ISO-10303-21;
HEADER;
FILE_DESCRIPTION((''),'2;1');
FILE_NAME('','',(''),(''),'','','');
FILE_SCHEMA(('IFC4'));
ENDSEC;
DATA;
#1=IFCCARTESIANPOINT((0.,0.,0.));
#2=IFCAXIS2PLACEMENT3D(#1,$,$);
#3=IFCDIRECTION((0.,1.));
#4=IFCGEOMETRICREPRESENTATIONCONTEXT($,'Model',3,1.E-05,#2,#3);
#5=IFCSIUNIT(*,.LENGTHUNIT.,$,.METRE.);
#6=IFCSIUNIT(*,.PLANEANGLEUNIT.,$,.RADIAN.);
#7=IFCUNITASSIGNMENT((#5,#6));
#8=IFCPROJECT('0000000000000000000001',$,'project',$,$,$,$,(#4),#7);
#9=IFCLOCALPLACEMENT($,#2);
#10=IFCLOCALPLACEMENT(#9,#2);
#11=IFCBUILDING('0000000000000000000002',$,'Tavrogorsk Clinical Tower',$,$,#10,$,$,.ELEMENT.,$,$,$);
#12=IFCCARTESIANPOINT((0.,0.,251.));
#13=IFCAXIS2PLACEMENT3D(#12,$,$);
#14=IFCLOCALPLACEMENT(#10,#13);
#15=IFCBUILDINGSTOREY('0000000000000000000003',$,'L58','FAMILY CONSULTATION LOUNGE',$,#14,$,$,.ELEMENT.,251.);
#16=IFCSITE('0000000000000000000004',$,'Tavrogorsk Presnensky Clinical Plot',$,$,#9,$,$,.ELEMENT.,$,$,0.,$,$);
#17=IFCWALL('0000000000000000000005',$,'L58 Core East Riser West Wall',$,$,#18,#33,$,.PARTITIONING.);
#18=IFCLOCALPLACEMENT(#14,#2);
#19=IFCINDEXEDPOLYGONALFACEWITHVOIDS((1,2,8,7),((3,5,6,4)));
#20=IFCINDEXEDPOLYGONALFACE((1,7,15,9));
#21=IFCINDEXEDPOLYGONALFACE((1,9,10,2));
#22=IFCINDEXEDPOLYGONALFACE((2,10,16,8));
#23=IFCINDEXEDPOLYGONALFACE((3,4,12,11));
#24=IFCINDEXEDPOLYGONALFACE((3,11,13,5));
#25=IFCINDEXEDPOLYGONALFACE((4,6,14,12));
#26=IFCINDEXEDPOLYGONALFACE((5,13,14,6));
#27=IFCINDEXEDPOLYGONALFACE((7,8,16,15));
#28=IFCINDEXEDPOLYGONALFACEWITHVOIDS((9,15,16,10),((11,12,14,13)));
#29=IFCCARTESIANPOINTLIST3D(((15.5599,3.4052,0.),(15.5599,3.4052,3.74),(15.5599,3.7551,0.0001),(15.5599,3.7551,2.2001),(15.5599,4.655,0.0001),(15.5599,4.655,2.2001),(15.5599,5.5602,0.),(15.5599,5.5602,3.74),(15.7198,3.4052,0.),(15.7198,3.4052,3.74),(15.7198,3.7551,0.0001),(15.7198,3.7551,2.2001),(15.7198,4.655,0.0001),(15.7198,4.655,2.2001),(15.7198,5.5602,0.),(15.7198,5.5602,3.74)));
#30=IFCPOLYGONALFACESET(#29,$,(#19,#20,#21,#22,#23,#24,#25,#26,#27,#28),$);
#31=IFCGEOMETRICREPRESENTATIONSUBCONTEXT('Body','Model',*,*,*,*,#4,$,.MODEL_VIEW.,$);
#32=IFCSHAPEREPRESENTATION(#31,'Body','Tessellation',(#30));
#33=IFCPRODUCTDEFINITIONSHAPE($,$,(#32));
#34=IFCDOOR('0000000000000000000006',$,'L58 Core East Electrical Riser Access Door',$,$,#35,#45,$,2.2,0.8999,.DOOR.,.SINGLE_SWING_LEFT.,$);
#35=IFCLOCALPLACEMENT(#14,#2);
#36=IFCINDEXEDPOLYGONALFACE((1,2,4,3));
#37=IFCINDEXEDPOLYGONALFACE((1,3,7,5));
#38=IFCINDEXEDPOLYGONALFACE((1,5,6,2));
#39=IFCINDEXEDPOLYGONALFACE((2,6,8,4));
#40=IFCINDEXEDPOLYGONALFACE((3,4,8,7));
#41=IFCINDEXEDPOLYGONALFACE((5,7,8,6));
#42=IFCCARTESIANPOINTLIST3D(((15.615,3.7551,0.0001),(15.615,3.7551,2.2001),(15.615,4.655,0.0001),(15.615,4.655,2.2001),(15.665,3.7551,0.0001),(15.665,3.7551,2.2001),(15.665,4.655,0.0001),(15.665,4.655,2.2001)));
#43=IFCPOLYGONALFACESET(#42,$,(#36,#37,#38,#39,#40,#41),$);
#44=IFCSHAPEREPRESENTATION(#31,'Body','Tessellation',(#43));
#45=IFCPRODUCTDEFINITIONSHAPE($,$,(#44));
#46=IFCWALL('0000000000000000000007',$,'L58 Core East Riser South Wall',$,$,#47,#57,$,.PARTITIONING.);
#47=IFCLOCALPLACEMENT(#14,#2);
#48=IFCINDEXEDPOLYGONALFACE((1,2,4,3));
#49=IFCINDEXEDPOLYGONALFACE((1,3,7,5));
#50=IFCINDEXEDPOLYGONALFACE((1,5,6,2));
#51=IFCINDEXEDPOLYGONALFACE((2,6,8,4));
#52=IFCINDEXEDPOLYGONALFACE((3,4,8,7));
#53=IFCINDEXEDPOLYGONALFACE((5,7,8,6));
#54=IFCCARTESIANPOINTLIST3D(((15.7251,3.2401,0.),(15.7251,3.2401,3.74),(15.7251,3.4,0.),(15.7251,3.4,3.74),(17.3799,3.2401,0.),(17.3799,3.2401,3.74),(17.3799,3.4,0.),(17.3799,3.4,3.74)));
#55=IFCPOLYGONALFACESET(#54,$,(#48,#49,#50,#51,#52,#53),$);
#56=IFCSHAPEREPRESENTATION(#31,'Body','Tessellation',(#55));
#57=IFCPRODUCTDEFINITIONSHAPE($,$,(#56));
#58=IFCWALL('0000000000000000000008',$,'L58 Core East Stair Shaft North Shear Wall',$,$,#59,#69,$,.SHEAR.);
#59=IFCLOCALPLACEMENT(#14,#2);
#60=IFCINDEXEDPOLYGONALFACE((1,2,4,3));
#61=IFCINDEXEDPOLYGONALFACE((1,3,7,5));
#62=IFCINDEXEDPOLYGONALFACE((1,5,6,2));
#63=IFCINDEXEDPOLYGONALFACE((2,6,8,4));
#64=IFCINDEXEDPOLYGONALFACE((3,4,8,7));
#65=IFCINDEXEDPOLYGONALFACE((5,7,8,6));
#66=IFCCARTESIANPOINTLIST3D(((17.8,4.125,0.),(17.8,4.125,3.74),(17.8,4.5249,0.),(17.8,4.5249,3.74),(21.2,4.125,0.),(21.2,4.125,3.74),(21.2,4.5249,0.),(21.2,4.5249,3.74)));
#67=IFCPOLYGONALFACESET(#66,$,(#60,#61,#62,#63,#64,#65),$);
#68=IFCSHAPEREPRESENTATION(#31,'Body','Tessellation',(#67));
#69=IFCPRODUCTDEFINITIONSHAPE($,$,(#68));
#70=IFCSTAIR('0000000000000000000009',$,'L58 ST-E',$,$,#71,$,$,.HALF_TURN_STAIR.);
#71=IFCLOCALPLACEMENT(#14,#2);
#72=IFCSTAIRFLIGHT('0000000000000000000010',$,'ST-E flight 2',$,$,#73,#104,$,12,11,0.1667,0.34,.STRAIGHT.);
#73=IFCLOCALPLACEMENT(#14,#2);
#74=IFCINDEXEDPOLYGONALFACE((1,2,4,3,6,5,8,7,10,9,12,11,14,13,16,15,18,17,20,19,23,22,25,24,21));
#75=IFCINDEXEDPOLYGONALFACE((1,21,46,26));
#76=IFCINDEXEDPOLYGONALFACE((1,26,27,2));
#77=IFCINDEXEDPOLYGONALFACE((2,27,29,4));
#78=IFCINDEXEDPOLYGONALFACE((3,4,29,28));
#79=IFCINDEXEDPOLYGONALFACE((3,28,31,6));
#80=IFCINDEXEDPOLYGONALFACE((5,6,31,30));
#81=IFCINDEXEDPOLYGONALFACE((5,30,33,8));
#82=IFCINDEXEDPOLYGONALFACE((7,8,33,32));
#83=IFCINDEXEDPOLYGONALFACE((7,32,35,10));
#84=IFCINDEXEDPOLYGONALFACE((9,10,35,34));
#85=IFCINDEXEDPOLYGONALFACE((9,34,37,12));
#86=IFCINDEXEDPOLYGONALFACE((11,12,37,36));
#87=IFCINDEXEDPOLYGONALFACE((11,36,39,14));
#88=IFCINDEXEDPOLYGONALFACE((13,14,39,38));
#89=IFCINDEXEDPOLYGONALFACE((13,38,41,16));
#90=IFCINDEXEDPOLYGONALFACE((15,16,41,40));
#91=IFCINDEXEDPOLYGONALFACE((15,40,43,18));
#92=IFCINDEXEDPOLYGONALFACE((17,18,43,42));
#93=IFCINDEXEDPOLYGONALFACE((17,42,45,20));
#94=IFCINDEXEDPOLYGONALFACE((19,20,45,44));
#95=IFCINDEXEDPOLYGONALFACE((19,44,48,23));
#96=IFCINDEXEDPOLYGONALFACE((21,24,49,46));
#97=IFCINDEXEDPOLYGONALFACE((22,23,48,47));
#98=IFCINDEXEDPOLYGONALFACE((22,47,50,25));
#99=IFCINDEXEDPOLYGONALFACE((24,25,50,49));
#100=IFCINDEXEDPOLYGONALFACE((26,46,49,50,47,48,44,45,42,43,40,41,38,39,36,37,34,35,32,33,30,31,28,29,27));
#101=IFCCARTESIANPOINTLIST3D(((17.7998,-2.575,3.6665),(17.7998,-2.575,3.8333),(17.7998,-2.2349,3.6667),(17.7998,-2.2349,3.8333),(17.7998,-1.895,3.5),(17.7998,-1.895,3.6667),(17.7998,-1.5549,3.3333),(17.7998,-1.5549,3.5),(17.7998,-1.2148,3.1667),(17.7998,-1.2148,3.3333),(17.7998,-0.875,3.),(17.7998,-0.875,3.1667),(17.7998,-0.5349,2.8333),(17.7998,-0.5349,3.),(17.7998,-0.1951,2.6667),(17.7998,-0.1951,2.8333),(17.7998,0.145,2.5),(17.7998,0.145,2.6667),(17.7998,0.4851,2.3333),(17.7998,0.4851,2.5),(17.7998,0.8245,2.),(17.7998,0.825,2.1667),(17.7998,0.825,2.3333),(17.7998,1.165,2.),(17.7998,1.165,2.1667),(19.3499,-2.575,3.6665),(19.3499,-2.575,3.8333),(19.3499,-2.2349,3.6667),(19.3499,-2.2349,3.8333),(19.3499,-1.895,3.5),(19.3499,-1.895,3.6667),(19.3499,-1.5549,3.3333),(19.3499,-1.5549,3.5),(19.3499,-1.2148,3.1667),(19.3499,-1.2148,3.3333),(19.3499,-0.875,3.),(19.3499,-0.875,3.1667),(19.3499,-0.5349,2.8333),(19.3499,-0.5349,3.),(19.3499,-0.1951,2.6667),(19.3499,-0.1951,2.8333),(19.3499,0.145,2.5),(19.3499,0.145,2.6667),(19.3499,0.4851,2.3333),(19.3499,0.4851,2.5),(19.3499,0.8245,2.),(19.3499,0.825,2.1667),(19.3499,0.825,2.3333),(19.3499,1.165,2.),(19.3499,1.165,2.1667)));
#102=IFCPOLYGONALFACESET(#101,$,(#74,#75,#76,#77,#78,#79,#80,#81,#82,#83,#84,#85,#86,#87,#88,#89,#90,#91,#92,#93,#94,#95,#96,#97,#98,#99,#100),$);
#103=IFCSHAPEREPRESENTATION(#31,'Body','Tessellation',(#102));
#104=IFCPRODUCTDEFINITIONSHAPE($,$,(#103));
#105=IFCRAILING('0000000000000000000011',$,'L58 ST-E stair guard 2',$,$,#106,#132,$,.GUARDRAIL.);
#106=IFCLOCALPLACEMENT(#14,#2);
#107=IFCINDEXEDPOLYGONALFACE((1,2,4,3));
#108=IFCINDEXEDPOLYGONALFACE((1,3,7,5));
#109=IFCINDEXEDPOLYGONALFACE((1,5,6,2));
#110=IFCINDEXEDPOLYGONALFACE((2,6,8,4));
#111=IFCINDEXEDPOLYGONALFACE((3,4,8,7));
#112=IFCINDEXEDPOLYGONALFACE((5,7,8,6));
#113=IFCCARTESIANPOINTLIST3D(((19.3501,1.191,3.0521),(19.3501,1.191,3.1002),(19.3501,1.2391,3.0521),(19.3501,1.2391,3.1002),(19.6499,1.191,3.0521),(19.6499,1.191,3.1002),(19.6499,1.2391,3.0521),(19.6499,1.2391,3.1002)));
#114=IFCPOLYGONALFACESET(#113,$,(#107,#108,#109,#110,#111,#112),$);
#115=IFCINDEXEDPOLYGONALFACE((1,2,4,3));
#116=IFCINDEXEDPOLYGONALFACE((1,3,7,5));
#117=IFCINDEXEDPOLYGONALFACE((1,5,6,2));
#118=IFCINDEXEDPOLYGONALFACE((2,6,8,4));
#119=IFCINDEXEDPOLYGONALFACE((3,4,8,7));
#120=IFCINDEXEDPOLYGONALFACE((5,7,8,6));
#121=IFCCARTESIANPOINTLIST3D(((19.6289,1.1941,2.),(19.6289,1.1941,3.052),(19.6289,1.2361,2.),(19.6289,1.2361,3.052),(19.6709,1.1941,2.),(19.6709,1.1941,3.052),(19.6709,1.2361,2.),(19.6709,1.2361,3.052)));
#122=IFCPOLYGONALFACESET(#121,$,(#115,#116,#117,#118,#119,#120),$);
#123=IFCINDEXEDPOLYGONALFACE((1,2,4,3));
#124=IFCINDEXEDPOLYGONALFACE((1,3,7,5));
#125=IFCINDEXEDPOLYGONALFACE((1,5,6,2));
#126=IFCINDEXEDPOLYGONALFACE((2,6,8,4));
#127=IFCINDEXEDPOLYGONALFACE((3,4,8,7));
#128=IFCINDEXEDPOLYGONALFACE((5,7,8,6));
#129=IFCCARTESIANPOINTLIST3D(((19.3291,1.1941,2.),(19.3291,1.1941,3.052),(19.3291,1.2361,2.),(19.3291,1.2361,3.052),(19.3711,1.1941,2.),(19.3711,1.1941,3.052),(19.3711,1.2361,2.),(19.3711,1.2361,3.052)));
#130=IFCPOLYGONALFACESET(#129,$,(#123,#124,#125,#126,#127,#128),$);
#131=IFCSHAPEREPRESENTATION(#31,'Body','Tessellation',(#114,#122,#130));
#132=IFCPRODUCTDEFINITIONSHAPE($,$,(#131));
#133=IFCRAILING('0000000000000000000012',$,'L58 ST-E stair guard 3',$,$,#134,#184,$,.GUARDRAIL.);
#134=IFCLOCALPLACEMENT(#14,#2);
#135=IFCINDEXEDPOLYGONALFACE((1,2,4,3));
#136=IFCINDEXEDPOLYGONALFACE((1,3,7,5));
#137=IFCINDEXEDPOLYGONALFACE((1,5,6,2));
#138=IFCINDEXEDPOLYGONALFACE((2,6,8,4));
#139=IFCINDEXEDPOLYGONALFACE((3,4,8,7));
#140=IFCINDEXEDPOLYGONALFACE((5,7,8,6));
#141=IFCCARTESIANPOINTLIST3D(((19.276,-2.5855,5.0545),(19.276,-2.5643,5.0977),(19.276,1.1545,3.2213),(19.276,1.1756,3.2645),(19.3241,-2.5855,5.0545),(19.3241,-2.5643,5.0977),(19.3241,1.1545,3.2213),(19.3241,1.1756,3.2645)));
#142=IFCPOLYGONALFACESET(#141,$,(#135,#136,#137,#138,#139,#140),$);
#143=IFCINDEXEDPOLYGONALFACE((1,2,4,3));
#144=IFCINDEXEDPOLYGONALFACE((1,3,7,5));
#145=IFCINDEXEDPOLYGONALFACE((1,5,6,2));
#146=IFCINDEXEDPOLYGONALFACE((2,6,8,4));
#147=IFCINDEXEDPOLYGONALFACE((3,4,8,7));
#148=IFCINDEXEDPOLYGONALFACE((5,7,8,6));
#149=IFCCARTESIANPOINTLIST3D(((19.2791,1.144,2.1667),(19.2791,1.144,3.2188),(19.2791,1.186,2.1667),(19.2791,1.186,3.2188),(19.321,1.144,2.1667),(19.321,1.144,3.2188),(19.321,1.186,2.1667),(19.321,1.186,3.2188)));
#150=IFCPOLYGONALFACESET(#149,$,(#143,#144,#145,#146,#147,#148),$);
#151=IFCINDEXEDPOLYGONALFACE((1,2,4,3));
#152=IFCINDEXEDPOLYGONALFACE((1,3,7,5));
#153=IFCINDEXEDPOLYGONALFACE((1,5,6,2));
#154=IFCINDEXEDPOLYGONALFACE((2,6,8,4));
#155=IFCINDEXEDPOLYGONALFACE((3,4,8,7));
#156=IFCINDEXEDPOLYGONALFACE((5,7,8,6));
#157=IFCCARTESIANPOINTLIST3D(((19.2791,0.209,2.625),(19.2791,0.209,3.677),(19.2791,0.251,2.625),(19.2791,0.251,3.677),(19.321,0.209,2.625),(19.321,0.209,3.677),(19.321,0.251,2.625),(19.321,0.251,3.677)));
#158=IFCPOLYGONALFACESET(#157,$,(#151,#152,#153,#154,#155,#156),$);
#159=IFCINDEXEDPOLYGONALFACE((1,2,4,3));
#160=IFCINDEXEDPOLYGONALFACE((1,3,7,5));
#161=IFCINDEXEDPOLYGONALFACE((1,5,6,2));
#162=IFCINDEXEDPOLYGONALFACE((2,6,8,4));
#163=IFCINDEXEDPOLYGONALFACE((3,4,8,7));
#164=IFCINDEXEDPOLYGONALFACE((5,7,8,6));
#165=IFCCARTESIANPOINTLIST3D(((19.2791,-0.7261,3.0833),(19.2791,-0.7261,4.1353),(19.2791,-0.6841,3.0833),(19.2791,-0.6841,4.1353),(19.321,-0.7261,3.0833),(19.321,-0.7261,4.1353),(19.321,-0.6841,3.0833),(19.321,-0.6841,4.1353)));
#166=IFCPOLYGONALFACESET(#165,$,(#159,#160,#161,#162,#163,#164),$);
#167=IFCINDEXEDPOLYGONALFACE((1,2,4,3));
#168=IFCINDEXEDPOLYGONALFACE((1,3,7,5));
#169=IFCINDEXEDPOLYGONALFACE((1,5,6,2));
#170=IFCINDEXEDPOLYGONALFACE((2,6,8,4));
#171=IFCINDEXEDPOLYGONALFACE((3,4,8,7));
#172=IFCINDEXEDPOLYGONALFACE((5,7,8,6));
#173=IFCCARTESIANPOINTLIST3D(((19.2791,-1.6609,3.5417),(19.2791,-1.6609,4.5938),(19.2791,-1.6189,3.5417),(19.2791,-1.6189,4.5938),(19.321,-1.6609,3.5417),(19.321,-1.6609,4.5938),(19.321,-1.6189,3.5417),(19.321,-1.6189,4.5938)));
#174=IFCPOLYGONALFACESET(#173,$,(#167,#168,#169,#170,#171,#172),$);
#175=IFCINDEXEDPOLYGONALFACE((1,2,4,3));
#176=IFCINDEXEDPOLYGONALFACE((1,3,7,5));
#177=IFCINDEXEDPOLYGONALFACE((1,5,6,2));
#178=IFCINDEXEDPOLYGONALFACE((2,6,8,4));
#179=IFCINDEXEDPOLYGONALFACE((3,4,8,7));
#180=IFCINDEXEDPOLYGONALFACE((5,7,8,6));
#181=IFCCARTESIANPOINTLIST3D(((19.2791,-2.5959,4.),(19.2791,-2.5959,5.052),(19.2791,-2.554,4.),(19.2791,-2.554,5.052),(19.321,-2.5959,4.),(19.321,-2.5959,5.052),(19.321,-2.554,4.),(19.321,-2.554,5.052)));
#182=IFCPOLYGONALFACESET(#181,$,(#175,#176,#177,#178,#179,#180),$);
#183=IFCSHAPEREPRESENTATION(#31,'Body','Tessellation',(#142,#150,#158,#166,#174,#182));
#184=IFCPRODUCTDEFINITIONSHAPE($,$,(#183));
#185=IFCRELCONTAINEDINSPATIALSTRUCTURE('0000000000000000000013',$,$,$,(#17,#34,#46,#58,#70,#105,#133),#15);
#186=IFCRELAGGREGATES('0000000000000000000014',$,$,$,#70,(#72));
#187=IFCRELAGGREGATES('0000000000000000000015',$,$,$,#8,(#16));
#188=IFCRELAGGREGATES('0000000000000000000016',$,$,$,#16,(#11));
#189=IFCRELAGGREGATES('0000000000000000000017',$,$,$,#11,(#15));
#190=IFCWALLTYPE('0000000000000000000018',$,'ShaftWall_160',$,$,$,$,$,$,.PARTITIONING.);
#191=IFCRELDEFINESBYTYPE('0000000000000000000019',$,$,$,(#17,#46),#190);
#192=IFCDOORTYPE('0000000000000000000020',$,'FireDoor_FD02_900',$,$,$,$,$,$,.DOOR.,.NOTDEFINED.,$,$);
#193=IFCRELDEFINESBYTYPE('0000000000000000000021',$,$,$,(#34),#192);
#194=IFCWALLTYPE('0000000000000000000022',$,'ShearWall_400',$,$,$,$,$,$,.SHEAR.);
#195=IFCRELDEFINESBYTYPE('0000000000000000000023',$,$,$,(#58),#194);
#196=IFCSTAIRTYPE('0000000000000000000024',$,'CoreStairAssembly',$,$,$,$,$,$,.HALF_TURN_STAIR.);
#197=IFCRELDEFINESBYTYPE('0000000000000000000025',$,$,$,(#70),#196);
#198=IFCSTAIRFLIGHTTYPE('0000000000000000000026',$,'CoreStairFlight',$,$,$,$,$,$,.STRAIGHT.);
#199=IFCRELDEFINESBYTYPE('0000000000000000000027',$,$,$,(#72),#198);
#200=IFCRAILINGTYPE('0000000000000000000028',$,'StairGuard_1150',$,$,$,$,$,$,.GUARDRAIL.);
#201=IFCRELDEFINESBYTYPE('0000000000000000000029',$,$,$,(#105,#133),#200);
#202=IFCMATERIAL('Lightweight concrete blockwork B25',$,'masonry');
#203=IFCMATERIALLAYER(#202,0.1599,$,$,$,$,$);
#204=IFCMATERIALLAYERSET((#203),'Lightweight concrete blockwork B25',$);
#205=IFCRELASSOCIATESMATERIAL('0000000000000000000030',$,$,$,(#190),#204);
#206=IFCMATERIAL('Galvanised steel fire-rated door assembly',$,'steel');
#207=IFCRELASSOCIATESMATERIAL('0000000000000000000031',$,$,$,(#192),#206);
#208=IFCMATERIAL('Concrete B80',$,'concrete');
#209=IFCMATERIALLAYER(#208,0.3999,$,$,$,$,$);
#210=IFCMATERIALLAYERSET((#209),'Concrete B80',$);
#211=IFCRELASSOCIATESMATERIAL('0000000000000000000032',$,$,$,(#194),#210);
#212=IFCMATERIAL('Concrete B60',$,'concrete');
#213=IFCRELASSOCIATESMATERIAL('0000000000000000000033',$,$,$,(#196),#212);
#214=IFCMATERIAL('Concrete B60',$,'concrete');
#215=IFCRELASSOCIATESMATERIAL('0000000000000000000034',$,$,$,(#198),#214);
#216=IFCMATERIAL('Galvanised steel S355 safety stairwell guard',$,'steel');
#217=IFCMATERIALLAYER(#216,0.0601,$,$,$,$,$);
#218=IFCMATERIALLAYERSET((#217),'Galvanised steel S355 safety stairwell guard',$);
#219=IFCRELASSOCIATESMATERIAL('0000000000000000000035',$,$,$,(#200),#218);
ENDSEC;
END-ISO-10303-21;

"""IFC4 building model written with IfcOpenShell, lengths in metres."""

from ifc_helpers import new_model, si_unit, direction, frame, frame_2d, origin, origin_2d, place, context, subcontext, project, spatial, polyline, rectangle, outline, extrude, material, layer, layer_set, type_object, element, fill, aggregate, save


model = new_model("IFC4")

# Units and contexts
model_context = context("Model", 3, precision=1e-05, world=origin(), true_north=direction((0.0, 1.0)))
body_context = subcontext(model_context, "Body", "Model", "MODEL_VIEW")
ifc_project = project(units=[si_unit("LENGTHUNIT", "METRE"), si_unit("PLANEANGLEUNIT", "RADIAN")], contexts=[model_context])

# Site, building, storey
site_placement = place(None, origin())
site = spatial("IfcSite", under=ifc_project, at=site_placement, Name="Tavrogorsk Presnensky Clinical Plot", CompositionType="ELEMENT", RefElevation=0.0)
building_placement = place(site_placement, origin())
building = spatial("IfcBuilding", under=site, at=building_placement, Name="Tavrogorsk Clinical Tower", CompositionType="ELEMENT")
storey_placement = place(building_placement, frame((0.0, 0.0, 251.0)))
storey = spatial("IfcBuildingStorey", under=building, at=storey_placement, Name="L58", Description="FAMILY CONSULTATION LOUNGE", CompositionType="ELEMENT", Elevation=251.0)

# Wall, opening, door
ifc_material_1 = material(Name="Lightweight concrete blockwork B25", Category="masonry")
ifc_layer_1 = layer(ifc_material_1, 0.1599)
ifc_layer_set_1 = layer_set([ifc_layer_1], Name="Lightweight concrete blockwork B25")
wall_type_1 = type_object("IfcWallType", Name="ShaftWall_160", PredefinedType="PARTITIONING", material=ifc_layer_set_1)
wall_1_placement = place(storey_placement, frame((15.6399, 3.405, 0.0), z_axis=(0.0, 0.0, 1.0), x_axis=(0.0, 1.0, 0.0)))
wall_1 = element("IfcWall", 1, at=wall_1_placement, inside=storey, type_object=wall_type_1, Name="L58 Core East Riser West Wall", PredefinedType="PARTITIONING", context=body_context, shape_type="SweptSolid", body=[
    extrude(rectangle(XDim=2.155, YDim=0.1599, at=frame_2d((1.0776, 0.0))), origin(), (0.0, 0.0, 1.0), 3.74),
])
opening_1_placement = place(wall_1_placement, frame((0.3501, 0.0, 0.0)))
opening_1 = element("IfcOpeningElement", 2, at=opening_1_placement, cuts=wall_1, PredefinedType="OPENING", context=body_context, shape_type="SweptSolid", body=[
    extrude(rectangle(XDim=0.8999, YDim=2.2, at=frame_2d((0.45, 1.1001))), frame((0.0, 0.0898, 0.0), z_axis=(0.0, -1.0, 0.0), x_axis=(1.0, 0.0, 0.0)), (0.0, 0.0, 1.0), 0.1799),
])
ifc_material_2 = material(Name="Galvanised steel fire-rated door assembly", Category="steel")
door_type_1 = type_object("IfcDoorType", Name="FireDoor_FD02_900", OperationType="NOTDEFINED", PredefinedType="DOOR", material=ifc_material_2)
door_1_placement = place(opening_1_placement, origin())
door_1 = element("IfcDoor", 3, at=door_1_placement, inside=storey, type_object=door_type_1, Name="L58 Core East Electrical Riser Access Door", OperationType="SINGLE_SWING_LEFT", OverallHeight=2.2, OverallWidth=0.8999, PredefinedType="DOOR", context=body_context, shape_type="SweptSolid", body=[
    extrude(rectangle(XDim=0.8999, YDim=2.2, at=frame_2d((0.45, 1.1001))), frame((0.0, 0.0249, 0.0), z_axis=(0.0, -1.0, 0.0), x_axis=(1.0, 0.0, 0.0)), (0.0, 0.0, 1.0), 0.05),
])
fill(opening_1, door_1)

# Walls
wall_2_placement = place(storey_placement, frame((15.7251, 3.3201, 0.0), z_axis=(0.0, 0.0, 1.0), x_axis=(1.0, 0.0, 0.0)))
element("IfcWall", 4, at=wall_2_placement, inside=storey, type_object=wall_type_1, Name="L58 Core East Riser South Wall", PredefinedType="PARTITIONING", context=body_context, shape_type="SweptSolid", body=[
    extrude(rectangle(XDim=1.6548, YDim=0.1599, at=frame_2d((0.8274, 0.0))), origin(), (0.0, 0.0, 1.0), 3.74),
])
ifc_material_3 = material(Name="Concrete B80", Category="concrete")
ifc_layer_2 = layer(ifc_material_3, 0.3999)
ifc_layer_set_2 = layer_set([ifc_layer_2], Name="Concrete B80")
wall_type_2 = type_object("IfcWallType", Name="ShearWall_400", PredefinedType="SHEAR", material=ifc_layer_set_2)
wall_3_placement = place(storey_placement, frame((17.8, 4.325, 0.0), z_axis=(0.0, 0.0, 1.0), x_axis=(1.0, 0.0, 0.0)))
element("IfcWall", 5, at=wall_3_placement, inside=storey, type_object=wall_type_2, Name="L58 Core East Stair Shaft North Shear Wall", PredefinedType="SHEAR", context=body_context, shape_type="SweptSolid", body=[
    extrude(rectangle(XDim=3.3999, YDim=0.3999, at=frame_2d((1.7, 0.0))), origin(), (0.0, 0.0, 1.0), 3.74),
])

# Stair, stair flight
ifc_material_4 = material(Name="Concrete B60", Category="concrete")
stair_type = type_object("IfcStairType", Name="CoreStairAssembly", PredefinedType="HALF_TURN_STAIR", material=ifc_material_4)
stair_placement = place(storey_placement, origin())
stair = element("IfcStair", 6, at=stair_placement, inside=storey, type_object=stair_type, Name="L58 ST-E", PredefinedType="HALF_TURN_STAIR")
ifc_material_5 = material(Name="Concrete B60", Category="concrete")
stair_flight_type = type_object("IfcStairFlightType", Name="CoreStairFlight", PredefinedType="STRAIGHT", material=ifc_material_5)
stair_flight_placement = place(storey_placement, frame((18.575, 1.165, 2.0), z_axis=(0.0, 0.0, 1.0), x_axis=(0.0, -1.0, 0.0)))
stair_flight = element("IfcStairFlight", 7, at=stair_flight_placement, type_object=stair_flight_type, Name="ST-E flight 2", NumberOfRisers=12, NumberOfTreads=11, PredefinedType="STRAIGHT", RiserHeight=0.1667, TreadLength=0.34, context=body_context, shape_type="SweptSolid", body=[
    extrude(outline(polyline([(0.0, 0.0), (0.0, 0.1667), (0.3401, 0.1667), (0.3401, 0.3333), (0.6799, 0.3333), (0.6799, 0.5), (1.02, 0.5), (1.02, 0.6667), (1.3601, 0.6667), (1.3601, 0.8333), (1.7, 0.8333), (1.7, 1.0), (2.04, 1.0), (2.04, 1.1667), (2.3799, 1.1667), (2.3799, 1.3333), (2.72, 1.3333), (2.72, 1.5), (3.0601, 1.5), (3.0601, 1.6667), (3.3999, 1.6667), (3.3999, 1.8333), (3.74, 1.8333), (3.74, 2.0), (3.74, 1.6665), (0.3406, 0.0), (0.0, 0.0)])), frame((0.0, 0.7749, 0.0), z_axis=(0.0, -1.0, 0.0), x_axis=(1.0, 0.0, 0.0)), (0.0, 0.0, 1.0), 1.55),
])
aggregate(stair, [stair_flight])

# Railings
ifc_material_6 = material(Name="Galvanised steel S355 safety stairwell guard", Category="steel")
ifc_layer_3 = layer(ifc_material_6, 0.0601)
ifc_layer_set_3 = layer_set([ifc_layer_3], Name="Galvanised steel S355 safety stairwell guard")
railing_type_1 = type_object("IfcRailingType", Name="StairGuard_1150", PredefinedType="GUARDRAIL", material=ifc_layer_set_3)
railing_1_placement = place(storey_placement, frame((19.6499, 1.2151, 2.0)))
element("IfcRailing", 8, at=railing_1_placement, inside=storey, type_object=railing_type_1, Name="L58 ST-E stair guard 2", PredefinedType="GUARDRAIL", context=body_context, shape_type="SweptSolid", body=[
    extrude(rectangle(XDim=0.0481, YDim=0.0481, at=origin_2d()), frame((0.0, 0.0, 1.0762), z_axis=(-1.0, 0.0, 0.0), x_axis=(0.0, -1.0, 0.0)), (0.0, 0.0, 1.0), 0.2998),
    extrude(rectangle(XDim=0.042, YDim=0.042, at=origin_2d()), origin(), (0.0, 0.0, 1.0), 1.052),
    extrude(rectangle(XDim=0.042, YDim=0.042, at=origin_2d()), frame((-0.2998, 0.0, 0.0)), (0.0, 0.0, 1.0), 1.052),
])
railing_2_placement = place(storey_placement, frame((19.3, 1.165, 2.1667)))
element("IfcRailing", 9, at=railing_2_placement, inside=storey, type_object=railing_type_1, Name="L58 ST-E stair guard 3", PredefinedType="GUARDRAIL", context=body_context, shape_type="SweptSolid", body=[
    extrude(rectangle(XDim=0.0481, YDim=0.0481, at=origin_2d()), frame((0.0, 0.0, 1.0762), z_axis=(0.0, -0.897928, 0.440142), x_axis=(1.0, 0.0, 0.0)), (0.0, 0.0, 1.0), 4.165),
    extrude(rectangle(XDim=0.042, YDim=0.042, at=origin_2d()), origin(), (0.0, 0.0, 1.0), 1.052),
    extrude(rectangle(XDim=0.042, YDim=0.042, at=origin_2d()), frame((0.0, -0.9351, 0.4583)), (0.0, 0.0, 1.0), 1.052),
    extrude(rectangle(XDim=0.042, YDim=0.042, at=origin_2d()), frame((0.0, -1.8701, 0.9165)), (0.0, 0.0, 1.0), 1.052),
    extrude(rectangle(XDim=0.042, YDim=0.042, at=origin_2d()), frame((0.0, -2.8049, 1.375)), (0.0, 0.0, 1.0), 1.052),
    extrude(rectangle(XDim=0.042, YDim=0.042, at=origin_2d()), frame((0.0, -3.74, 1.8333)), (0.0, 0.0, 1.0), 1.052),
])

save(model, "model.ifc")
